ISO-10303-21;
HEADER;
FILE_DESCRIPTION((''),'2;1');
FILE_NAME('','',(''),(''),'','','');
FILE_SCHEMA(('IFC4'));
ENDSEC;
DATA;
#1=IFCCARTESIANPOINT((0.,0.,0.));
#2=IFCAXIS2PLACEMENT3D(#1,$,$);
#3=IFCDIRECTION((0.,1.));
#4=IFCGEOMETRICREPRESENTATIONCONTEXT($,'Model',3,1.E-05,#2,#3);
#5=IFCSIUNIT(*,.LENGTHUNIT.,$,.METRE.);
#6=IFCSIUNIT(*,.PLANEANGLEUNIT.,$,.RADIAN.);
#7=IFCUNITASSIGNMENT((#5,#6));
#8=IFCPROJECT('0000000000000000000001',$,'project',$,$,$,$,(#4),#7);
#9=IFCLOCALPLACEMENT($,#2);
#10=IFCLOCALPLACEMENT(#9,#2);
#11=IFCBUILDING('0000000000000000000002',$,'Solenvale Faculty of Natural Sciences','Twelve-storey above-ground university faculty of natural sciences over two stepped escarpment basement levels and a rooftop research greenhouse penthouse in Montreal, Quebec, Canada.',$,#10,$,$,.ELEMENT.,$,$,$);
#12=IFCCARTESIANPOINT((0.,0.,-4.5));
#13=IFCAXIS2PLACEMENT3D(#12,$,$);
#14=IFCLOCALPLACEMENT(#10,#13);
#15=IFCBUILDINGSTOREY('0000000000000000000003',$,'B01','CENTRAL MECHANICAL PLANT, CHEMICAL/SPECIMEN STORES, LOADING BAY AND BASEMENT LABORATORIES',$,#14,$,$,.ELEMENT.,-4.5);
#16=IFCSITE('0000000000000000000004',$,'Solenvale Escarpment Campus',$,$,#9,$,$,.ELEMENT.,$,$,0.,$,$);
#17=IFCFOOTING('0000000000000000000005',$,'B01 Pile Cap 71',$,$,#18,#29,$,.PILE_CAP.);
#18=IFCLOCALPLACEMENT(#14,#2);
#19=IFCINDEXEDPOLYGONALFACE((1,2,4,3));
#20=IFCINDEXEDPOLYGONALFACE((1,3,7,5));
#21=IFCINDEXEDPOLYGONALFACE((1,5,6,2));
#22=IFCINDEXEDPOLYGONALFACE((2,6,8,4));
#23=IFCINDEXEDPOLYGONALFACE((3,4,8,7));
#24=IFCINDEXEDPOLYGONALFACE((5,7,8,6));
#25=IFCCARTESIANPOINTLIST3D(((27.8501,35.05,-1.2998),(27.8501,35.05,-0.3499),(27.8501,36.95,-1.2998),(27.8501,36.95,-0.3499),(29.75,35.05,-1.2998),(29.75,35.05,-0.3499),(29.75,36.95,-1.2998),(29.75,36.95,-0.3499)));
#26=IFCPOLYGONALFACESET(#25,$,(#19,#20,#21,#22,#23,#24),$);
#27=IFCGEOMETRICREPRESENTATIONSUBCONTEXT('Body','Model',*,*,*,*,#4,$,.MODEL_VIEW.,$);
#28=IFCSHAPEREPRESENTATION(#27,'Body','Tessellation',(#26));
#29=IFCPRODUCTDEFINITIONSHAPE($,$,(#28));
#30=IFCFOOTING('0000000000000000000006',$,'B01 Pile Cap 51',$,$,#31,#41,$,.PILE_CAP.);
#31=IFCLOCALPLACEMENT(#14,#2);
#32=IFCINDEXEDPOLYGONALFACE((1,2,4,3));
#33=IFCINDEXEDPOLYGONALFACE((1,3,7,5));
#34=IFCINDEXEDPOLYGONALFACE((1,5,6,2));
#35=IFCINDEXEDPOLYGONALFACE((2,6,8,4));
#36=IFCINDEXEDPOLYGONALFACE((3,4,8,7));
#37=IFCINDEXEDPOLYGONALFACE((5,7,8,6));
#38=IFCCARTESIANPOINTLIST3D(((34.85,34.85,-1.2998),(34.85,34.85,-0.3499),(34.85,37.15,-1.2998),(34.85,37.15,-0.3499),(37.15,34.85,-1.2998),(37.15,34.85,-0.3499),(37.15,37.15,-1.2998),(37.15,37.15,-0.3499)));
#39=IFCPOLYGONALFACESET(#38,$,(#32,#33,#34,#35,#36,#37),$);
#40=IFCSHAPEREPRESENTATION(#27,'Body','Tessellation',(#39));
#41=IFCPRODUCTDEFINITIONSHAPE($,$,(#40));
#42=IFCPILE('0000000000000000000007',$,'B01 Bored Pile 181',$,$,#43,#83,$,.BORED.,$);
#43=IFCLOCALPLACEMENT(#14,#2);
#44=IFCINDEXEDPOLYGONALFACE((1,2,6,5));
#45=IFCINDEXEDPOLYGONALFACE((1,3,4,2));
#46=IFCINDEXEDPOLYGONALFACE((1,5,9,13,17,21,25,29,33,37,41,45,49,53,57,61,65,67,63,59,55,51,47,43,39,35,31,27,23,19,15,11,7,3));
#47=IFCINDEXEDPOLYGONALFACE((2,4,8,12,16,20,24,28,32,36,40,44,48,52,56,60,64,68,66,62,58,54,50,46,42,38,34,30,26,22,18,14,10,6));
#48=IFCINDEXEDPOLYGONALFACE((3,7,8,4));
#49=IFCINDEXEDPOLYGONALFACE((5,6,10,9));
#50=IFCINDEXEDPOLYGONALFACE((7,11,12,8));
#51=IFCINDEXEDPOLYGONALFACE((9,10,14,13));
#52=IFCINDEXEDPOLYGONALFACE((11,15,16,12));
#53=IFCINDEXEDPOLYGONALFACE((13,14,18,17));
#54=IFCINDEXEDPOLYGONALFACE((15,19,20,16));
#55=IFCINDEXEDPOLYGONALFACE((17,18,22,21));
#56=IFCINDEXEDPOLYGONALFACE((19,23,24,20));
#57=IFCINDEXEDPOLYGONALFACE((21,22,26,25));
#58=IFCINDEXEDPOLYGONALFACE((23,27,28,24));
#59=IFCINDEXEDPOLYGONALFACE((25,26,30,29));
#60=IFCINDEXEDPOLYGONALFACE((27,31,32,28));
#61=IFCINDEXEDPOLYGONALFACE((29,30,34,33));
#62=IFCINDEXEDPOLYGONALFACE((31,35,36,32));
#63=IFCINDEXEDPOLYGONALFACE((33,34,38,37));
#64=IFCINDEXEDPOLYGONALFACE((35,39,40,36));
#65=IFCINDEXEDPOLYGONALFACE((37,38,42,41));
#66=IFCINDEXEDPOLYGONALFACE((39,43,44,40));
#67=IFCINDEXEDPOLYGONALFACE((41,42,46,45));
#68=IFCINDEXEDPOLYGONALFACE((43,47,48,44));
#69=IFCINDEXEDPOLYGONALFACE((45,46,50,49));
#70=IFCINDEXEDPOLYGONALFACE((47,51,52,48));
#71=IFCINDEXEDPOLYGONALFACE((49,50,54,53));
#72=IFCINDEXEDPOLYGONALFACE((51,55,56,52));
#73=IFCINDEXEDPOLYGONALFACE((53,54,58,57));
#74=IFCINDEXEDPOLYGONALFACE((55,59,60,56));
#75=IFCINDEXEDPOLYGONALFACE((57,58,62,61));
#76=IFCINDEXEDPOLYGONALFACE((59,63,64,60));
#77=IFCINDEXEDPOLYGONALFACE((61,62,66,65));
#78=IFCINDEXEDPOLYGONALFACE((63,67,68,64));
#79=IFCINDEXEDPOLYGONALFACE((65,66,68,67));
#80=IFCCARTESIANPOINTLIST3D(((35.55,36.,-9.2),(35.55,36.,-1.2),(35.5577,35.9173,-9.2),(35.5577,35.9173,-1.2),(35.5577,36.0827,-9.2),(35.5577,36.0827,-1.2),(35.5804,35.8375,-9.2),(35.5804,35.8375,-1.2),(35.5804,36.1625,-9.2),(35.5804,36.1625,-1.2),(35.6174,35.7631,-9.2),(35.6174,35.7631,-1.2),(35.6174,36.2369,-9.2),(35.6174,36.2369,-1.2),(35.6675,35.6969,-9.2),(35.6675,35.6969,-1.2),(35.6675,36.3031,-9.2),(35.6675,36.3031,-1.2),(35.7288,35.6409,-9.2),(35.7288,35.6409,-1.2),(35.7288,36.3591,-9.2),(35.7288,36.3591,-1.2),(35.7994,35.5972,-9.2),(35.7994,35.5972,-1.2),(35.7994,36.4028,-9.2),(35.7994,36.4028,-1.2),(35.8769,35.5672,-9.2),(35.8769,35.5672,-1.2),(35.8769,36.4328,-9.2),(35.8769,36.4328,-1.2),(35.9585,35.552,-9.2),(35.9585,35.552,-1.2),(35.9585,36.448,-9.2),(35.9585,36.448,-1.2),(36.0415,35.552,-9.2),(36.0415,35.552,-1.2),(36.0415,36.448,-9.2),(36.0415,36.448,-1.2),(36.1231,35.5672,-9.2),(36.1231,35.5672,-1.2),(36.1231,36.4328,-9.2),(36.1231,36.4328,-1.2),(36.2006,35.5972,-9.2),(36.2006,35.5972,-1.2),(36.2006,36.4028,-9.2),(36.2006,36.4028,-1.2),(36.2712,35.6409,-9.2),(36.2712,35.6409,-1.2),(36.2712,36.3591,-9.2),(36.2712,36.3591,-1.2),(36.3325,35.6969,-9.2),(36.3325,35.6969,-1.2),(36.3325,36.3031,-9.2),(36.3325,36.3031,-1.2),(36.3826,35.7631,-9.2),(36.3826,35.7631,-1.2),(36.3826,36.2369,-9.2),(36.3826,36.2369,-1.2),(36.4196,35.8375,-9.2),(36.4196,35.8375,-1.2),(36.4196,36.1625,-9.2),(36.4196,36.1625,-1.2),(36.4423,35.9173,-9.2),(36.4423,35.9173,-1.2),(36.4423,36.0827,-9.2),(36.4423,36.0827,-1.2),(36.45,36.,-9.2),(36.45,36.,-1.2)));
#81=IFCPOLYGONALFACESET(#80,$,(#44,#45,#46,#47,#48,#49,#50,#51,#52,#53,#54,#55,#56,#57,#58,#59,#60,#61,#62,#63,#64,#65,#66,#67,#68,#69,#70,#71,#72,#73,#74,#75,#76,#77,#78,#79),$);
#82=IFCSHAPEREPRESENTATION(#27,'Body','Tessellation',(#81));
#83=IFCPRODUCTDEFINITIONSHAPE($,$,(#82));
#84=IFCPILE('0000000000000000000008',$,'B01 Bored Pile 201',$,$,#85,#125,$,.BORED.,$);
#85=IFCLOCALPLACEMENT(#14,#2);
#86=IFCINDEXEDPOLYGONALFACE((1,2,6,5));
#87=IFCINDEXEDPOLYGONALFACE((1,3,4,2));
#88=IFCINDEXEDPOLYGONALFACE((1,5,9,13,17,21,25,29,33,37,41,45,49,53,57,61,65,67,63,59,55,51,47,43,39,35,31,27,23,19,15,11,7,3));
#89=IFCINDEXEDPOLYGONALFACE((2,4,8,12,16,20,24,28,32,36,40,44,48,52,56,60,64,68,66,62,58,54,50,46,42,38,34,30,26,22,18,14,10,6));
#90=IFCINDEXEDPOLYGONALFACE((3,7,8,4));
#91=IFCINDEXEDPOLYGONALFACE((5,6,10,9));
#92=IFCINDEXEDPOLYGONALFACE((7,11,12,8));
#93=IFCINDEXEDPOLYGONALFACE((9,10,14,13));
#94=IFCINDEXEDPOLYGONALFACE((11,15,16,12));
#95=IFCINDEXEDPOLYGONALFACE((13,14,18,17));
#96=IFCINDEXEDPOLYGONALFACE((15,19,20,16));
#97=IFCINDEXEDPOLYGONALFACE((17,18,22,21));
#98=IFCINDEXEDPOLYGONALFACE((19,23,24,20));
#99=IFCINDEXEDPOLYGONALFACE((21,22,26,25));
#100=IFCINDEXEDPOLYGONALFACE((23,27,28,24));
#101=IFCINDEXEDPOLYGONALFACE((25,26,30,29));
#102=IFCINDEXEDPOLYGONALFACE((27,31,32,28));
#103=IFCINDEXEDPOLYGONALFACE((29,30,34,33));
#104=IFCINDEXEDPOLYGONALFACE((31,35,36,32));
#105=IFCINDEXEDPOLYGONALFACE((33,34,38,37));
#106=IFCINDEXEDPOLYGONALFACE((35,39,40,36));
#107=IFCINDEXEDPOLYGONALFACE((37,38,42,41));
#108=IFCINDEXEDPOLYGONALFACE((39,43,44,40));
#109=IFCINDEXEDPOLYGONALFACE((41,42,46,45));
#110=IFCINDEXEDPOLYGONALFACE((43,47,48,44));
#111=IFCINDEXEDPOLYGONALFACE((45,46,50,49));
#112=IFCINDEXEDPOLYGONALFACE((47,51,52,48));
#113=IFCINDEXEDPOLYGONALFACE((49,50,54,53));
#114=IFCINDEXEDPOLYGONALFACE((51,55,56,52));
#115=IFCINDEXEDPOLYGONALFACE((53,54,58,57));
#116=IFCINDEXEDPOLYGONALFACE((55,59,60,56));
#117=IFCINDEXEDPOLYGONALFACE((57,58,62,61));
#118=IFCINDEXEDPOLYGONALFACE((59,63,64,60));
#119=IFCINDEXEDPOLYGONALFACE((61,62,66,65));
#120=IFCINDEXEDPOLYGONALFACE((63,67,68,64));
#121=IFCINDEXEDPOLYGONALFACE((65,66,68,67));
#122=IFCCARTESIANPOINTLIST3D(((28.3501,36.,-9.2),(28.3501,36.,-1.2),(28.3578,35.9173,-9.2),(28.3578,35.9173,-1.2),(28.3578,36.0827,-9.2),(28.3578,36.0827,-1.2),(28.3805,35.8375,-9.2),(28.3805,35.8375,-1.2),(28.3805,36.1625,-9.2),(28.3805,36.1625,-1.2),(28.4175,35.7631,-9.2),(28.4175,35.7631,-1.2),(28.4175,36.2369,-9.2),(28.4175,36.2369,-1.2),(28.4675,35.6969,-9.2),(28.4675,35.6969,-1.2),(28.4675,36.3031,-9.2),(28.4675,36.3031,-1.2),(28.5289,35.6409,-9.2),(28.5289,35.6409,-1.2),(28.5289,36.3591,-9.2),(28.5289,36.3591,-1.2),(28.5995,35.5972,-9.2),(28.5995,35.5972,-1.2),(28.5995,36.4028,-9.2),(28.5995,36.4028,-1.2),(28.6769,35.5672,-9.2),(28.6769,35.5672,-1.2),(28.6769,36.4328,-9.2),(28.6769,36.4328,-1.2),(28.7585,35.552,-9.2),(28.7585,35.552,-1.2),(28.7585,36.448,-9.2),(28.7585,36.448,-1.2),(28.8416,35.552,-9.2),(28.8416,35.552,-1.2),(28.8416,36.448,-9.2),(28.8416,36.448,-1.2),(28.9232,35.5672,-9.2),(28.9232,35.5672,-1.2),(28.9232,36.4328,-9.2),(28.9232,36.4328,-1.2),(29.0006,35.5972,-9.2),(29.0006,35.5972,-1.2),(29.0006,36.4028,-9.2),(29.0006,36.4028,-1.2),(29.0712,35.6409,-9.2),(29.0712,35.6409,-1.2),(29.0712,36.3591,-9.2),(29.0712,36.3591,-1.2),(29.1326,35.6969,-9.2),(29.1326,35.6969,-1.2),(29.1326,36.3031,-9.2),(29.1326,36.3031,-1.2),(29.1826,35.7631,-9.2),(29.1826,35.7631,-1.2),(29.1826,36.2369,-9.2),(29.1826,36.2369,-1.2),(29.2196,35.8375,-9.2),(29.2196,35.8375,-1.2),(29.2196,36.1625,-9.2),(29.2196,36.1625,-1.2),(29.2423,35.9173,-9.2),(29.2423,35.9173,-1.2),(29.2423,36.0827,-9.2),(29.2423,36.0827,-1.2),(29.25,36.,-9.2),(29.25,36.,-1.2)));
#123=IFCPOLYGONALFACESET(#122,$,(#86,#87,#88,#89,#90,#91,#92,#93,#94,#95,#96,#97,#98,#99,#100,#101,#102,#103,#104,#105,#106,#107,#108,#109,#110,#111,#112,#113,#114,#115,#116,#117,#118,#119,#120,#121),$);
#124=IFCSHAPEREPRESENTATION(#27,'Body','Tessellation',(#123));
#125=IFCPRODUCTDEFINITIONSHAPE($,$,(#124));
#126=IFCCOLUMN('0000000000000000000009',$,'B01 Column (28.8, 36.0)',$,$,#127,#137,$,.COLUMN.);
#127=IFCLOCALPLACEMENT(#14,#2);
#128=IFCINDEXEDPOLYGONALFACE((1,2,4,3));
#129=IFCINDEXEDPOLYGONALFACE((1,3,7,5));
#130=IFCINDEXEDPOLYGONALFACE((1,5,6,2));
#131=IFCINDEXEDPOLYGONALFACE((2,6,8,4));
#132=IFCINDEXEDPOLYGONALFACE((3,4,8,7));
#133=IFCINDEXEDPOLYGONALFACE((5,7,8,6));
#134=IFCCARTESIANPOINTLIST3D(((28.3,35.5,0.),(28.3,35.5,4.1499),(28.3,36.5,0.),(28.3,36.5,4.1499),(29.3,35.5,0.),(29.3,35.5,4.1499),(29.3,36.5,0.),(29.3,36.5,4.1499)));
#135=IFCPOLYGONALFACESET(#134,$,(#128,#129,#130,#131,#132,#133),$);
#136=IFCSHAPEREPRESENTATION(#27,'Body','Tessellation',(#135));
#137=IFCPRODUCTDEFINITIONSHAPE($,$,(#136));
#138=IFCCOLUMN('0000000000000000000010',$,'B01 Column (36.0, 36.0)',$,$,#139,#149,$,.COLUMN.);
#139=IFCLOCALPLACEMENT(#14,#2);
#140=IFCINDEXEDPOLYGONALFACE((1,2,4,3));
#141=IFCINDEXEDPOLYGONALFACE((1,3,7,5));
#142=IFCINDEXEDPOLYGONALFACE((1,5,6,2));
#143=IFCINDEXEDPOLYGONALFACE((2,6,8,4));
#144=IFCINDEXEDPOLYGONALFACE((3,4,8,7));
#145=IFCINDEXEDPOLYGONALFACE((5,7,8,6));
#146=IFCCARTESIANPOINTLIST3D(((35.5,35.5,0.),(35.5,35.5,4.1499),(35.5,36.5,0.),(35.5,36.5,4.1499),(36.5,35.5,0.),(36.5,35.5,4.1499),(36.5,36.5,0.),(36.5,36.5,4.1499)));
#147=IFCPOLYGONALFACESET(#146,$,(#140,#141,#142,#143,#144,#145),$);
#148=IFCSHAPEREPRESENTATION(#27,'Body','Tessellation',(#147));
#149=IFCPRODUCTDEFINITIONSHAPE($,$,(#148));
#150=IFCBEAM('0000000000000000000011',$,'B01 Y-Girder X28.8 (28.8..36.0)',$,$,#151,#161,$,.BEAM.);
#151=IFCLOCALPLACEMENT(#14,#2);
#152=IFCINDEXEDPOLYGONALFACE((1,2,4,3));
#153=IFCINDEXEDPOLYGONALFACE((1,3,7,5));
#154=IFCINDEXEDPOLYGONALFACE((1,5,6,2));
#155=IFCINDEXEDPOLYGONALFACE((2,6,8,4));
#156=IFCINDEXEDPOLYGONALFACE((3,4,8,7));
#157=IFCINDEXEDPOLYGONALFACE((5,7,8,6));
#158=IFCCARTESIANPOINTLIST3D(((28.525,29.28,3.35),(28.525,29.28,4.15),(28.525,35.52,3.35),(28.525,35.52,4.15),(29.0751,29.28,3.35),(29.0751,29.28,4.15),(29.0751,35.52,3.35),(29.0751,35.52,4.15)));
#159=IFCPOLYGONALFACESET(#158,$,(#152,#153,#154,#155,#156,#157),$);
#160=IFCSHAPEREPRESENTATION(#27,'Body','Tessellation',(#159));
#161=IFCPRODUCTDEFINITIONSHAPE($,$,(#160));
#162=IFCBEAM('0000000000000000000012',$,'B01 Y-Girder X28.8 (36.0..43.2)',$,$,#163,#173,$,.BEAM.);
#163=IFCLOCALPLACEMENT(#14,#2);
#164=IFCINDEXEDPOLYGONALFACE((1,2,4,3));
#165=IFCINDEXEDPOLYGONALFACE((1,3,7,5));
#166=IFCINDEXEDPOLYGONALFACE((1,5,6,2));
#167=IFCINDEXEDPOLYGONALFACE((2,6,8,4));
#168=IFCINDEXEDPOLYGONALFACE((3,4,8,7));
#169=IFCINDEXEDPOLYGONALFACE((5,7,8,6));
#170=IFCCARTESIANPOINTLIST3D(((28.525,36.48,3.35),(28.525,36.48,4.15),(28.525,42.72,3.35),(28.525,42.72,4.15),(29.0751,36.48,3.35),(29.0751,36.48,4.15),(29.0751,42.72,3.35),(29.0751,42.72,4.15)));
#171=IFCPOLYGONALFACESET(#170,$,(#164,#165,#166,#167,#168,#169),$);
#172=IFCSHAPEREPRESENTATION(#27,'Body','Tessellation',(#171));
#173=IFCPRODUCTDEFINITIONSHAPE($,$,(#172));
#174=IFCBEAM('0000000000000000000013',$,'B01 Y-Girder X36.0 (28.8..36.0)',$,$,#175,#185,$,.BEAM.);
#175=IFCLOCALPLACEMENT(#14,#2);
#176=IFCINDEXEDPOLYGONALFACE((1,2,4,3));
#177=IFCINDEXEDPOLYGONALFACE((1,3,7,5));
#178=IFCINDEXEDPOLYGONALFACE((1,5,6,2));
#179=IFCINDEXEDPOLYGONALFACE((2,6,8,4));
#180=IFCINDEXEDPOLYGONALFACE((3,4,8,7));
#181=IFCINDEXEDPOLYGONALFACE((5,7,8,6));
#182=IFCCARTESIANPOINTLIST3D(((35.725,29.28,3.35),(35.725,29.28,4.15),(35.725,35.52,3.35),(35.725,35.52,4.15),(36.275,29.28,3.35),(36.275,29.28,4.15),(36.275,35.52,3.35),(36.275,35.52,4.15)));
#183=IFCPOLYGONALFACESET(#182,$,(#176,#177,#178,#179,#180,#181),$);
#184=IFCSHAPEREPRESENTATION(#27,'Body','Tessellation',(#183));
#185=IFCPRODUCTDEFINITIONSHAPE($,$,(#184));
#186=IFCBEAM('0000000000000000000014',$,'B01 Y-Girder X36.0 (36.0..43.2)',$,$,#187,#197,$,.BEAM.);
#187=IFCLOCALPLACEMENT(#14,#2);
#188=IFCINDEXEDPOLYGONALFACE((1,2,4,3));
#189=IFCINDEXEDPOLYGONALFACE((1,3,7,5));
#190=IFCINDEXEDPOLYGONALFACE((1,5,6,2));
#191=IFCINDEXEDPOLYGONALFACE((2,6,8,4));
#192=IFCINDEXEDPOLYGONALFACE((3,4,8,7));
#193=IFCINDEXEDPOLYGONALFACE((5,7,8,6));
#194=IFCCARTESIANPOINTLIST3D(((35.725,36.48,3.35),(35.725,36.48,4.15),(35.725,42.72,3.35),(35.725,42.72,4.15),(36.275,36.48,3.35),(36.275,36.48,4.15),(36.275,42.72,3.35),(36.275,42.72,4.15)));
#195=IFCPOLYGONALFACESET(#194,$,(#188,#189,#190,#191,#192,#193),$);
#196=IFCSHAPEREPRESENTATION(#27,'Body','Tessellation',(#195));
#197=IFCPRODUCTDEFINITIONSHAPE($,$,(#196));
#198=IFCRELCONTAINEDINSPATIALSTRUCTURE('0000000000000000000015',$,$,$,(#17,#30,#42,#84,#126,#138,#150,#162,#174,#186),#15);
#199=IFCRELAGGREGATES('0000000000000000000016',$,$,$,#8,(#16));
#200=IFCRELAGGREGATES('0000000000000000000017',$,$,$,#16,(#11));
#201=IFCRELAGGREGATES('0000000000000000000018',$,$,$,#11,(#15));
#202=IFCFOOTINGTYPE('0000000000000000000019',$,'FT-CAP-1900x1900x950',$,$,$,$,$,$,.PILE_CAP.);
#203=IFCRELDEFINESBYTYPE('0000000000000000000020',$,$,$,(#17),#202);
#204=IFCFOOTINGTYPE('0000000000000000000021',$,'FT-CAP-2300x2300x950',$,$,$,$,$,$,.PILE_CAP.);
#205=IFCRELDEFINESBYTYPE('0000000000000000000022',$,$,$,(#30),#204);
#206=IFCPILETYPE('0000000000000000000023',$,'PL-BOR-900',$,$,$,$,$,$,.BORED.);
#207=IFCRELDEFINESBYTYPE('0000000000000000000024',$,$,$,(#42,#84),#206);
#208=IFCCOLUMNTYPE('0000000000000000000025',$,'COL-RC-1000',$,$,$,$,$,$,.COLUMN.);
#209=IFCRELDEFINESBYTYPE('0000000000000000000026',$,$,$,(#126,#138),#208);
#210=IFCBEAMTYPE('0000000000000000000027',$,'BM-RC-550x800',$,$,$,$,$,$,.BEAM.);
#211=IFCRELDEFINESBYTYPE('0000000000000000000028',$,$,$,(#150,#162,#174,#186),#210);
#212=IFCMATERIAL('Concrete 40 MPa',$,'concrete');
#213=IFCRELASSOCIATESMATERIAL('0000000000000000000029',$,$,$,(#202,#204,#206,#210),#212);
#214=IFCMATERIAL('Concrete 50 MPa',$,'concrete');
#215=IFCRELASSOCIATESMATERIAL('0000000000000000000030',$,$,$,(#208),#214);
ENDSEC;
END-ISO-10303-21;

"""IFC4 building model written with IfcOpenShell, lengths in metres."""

from ifc_helpers import new_model, si_unit, direction, frame, origin, origin_2d, place, context, subcontext, project, spatial, rectangle, circle, extrude, material, material_profile, profile_set, type_object, element, save


model = new_model("IFC4")

# Units and contexts
model_context = context("Model", 3, precision=1e-05, world=origin(), true_north=direction((0.0, 1.0)))
body_context = subcontext(model_context, "Body", "Model", "MODEL_VIEW")
ifc_project = project(units=[si_unit("LENGTHUNIT", "METRE"), si_unit("PLANEANGLEUNIT", "RADIAN")], contexts=[model_context])

# Site, building, storey
site_placement = place(None, origin())
site = spatial("IfcSite", under=ifc_project, at=site_placement, Name="Solenvale Escarpment Campus", CompositionType="ELEMENT", RefElevation=0.0)
building_placement = place(site_placement, origin())
building = spatial("IfcBuilding", under=site, at=building_placement, Name="Solenvale Faculty of Natural Sciences", Description="Twelve-storey above-ground university faculty of natural sciences over two stepped escarpment basement levels and a rooftop research greenhouse penthouse in Montreal, Quebec, Canada.", CompositionType="ELEMENT")
storey_placement = place(building_placement, frame((0.0, 0.0, -4.5)))
storey = spatial("IfcBuildingStorey", under=building, at=storey_placement, Name="B01", Description="CENTRAL MECHANICAL PLANT, CHEMICAL/SPECIMEN STORES, LOADING BAY AND BASEMENT LABORATORIES", CompositionType="ELEMENT", Elevation=-4.5)

# Footings
ifc_material_1 = material(Name="Concrete 40 MPa", Category="concrete")
footing_type_1 = type_object("IfcFootingType", Name="FT-CAP-1900x1900x950", PredefinedType="PILE_CAP", material=ifc_material_1)
footing_1_placement = place(storey_placement, frame((28.8, 36.0, -1.2998), z_axis=(0.0, 0.0, 1.0), x_axis=(1.0, 0.0, 0.0)))
element("IfcFooting", 1, at=footing_1_placement, inside=storey, type_object=footing_type_1, Name="B01 Pile Cap 71", PredefinedType="PILE_CAP", context=body_context, shape_type="SweptSolid", body=[
    extrude(rectangle(XDim=1.8999, YDim=1.8999, at=origin_2d()), origin(), (0.0, 0.0, 1.0), 0.95),
])
footing_type_2 = type_object("IfcFootingType", Name="FT-CAP-2300x2300x950", PredefinedType="PILE_CAP", material=ifc_material_1)
footing_2_placement = place(storey_placement, frame((36.0, 36.0, -1.2998), z_axis=(0.0, 0.0, 1.0), x_axis=(1.0, 0.0, 0.0)))
element("IfcFooting", 2, at=footing_2_placement, inside=storey, type_object=footing_type_2, Name="B01 Pile Cap 51", PredefinedType="PILE_CAP", context=body_context, shape_type="SweptSolid", body=[
    extrude(rectangle(XDim=2.3, YDim=2.3, at=origin_2d()), origin(), (0.0, 0.0, 1.0), 0.95),
])

# Piles
ifc_material_profile_1 = material_profile(ifc_material_1, circle(Radius=0.45, at=origin_2d()), Name="PILE-D900")
ifc_profile_set_1 = profile_set([ifc_material_profile_1], Name="Concrete 40 MPa")
pile_type = type_object("IfcPileType", Name="PL-BOR-900", PredefinedType="BORED", material=ifc_profile_set_1)
for number, where, z_axis, x_axis, name in (
    (3, (36.0, 36.0, -1.2), (0.0, 0.0, -1.0), (1.0, 0.0, 0.0), "B01 Bored Pile 181"),
    (4, (28.8, 36.0, -1.2), (0.0, 0.0, -1.0), (1.0, 0.0, 0.0), "B01 Bored Pile 201"),
):
    element("IfcPile", number, at=place(storey_placement, frame(where, z_axis=z_axis, x_axis=x_axis)), inside=storey, type_object=pile_type, Name=name, PredefinedType="BORED", context=body_context, shape_type="SweptSolid", body=[
        extrude(circle(Radius=0.45, at=origin_2d()), origin(), (0.0, 0.0, 1.0), 8.0),
    ])

# Columns
ifc_material_2 = material(Name="Concrete 50 MPa", Category="concrete")
ifc_material_profile_2 = material_profile(ifc_material_2, rectangle(XDim=1.0, YDim=1.0, at=origin_2d()), Name="RC-COL-1000x1000")
ifc_profile_set_2 = profile_set([ifc_material_profile_2], Name="Concrete 50 MPa")
column_type = type_object("IfcColumnType", Name="COL-RC-1000", PredefinedType="COLUMN", material=ifc_profile_set_2)
for number, where, z_axis, x_axis, name in (
    (5, (28.8, 36.0, 0.0), (0.0, 0.0, 1.0), (1.0, 0.0, 0.0), "B01 Column (28.8, 36.0)"),
    (6, (36.0, 36.0, 0.0), (0.0, 0.0, 1.0), (1.0, 0.0, 0.0), "B01 Column (36.0, 36.0)"),
):
    element("IfcColumn", number, at=place(storey_placement, frame(where, z_axis=z_axis, x_axis=x_axis)), inside=storey, type_object=column_type, Name=name, PredefinedType="COLUMN", context=body_context, shape_type="SweptSolid", body=[
        extrude(rectangle(XDim=1.0, YDim=1.0, at=origin_2d()), origin(), (0.0, 0.0, 1.0), 4.1499),
    ])

# Beams
ifc_material_profile_3 = material_profile(ifc_material_1, rectangle(XDim=0.55, YDim=0.8, at=origin_2d()), Name="RC-BM-550x800")
ifc_profile_set_3 = profile_set([ifc_material_profile_3], Name="Concrete 40 MPa")
beam_type_1 = type_object("IfcBeamType", Name="BM-RC-550x800", PredefinedType="BEAM", material=ifc_profile_set_3)
for number, where, z_axis, x_axis, name in (
    (7, (28.8, 29.28, 3.75), (0.0, 1.0, 0.0), (-1.0, 0.0, 0.0), "B01 Y-Girder X28.8 (28.8..36.0)"),
    (8, (28.8, 36.48, 3.75), (0.0, 1.0, 0.0), (-1.0, 0.0, 0.0), "B01 Y-Girder X28.8 (36.0..43.2)"),
    (9, (36.0, 29.28, 3.75), (0.0, 1.0, 0.0), (-1.0, 0.0, 0.0), "B01 Y-Girder X36.0 (28.8..36.0)"),
    (10, (36.0, 36.48, 3.75), (0.0, 1.0, 0.0), (-1.0, 0.0, 0.0), "B01 Y-Girder X36.0 (36.0..43.2)"),
):
    element("IfcBeam", number, at=place(storey_placement, frame(where, z_axis=z_axis, x_axis=x_axis)), inside=storey, type_object=beam_type_1, Name=name, PredefinedType="BEAM", context=body_context, shape_type="SweptSolid", body=[
        extrude(rectangle(XDim=0.55, YDim=0.8, at=origin_2d()), origin(), (0.0, 0.0, 1.0), 6.24),
    ])

save(model, "model.ifc")
